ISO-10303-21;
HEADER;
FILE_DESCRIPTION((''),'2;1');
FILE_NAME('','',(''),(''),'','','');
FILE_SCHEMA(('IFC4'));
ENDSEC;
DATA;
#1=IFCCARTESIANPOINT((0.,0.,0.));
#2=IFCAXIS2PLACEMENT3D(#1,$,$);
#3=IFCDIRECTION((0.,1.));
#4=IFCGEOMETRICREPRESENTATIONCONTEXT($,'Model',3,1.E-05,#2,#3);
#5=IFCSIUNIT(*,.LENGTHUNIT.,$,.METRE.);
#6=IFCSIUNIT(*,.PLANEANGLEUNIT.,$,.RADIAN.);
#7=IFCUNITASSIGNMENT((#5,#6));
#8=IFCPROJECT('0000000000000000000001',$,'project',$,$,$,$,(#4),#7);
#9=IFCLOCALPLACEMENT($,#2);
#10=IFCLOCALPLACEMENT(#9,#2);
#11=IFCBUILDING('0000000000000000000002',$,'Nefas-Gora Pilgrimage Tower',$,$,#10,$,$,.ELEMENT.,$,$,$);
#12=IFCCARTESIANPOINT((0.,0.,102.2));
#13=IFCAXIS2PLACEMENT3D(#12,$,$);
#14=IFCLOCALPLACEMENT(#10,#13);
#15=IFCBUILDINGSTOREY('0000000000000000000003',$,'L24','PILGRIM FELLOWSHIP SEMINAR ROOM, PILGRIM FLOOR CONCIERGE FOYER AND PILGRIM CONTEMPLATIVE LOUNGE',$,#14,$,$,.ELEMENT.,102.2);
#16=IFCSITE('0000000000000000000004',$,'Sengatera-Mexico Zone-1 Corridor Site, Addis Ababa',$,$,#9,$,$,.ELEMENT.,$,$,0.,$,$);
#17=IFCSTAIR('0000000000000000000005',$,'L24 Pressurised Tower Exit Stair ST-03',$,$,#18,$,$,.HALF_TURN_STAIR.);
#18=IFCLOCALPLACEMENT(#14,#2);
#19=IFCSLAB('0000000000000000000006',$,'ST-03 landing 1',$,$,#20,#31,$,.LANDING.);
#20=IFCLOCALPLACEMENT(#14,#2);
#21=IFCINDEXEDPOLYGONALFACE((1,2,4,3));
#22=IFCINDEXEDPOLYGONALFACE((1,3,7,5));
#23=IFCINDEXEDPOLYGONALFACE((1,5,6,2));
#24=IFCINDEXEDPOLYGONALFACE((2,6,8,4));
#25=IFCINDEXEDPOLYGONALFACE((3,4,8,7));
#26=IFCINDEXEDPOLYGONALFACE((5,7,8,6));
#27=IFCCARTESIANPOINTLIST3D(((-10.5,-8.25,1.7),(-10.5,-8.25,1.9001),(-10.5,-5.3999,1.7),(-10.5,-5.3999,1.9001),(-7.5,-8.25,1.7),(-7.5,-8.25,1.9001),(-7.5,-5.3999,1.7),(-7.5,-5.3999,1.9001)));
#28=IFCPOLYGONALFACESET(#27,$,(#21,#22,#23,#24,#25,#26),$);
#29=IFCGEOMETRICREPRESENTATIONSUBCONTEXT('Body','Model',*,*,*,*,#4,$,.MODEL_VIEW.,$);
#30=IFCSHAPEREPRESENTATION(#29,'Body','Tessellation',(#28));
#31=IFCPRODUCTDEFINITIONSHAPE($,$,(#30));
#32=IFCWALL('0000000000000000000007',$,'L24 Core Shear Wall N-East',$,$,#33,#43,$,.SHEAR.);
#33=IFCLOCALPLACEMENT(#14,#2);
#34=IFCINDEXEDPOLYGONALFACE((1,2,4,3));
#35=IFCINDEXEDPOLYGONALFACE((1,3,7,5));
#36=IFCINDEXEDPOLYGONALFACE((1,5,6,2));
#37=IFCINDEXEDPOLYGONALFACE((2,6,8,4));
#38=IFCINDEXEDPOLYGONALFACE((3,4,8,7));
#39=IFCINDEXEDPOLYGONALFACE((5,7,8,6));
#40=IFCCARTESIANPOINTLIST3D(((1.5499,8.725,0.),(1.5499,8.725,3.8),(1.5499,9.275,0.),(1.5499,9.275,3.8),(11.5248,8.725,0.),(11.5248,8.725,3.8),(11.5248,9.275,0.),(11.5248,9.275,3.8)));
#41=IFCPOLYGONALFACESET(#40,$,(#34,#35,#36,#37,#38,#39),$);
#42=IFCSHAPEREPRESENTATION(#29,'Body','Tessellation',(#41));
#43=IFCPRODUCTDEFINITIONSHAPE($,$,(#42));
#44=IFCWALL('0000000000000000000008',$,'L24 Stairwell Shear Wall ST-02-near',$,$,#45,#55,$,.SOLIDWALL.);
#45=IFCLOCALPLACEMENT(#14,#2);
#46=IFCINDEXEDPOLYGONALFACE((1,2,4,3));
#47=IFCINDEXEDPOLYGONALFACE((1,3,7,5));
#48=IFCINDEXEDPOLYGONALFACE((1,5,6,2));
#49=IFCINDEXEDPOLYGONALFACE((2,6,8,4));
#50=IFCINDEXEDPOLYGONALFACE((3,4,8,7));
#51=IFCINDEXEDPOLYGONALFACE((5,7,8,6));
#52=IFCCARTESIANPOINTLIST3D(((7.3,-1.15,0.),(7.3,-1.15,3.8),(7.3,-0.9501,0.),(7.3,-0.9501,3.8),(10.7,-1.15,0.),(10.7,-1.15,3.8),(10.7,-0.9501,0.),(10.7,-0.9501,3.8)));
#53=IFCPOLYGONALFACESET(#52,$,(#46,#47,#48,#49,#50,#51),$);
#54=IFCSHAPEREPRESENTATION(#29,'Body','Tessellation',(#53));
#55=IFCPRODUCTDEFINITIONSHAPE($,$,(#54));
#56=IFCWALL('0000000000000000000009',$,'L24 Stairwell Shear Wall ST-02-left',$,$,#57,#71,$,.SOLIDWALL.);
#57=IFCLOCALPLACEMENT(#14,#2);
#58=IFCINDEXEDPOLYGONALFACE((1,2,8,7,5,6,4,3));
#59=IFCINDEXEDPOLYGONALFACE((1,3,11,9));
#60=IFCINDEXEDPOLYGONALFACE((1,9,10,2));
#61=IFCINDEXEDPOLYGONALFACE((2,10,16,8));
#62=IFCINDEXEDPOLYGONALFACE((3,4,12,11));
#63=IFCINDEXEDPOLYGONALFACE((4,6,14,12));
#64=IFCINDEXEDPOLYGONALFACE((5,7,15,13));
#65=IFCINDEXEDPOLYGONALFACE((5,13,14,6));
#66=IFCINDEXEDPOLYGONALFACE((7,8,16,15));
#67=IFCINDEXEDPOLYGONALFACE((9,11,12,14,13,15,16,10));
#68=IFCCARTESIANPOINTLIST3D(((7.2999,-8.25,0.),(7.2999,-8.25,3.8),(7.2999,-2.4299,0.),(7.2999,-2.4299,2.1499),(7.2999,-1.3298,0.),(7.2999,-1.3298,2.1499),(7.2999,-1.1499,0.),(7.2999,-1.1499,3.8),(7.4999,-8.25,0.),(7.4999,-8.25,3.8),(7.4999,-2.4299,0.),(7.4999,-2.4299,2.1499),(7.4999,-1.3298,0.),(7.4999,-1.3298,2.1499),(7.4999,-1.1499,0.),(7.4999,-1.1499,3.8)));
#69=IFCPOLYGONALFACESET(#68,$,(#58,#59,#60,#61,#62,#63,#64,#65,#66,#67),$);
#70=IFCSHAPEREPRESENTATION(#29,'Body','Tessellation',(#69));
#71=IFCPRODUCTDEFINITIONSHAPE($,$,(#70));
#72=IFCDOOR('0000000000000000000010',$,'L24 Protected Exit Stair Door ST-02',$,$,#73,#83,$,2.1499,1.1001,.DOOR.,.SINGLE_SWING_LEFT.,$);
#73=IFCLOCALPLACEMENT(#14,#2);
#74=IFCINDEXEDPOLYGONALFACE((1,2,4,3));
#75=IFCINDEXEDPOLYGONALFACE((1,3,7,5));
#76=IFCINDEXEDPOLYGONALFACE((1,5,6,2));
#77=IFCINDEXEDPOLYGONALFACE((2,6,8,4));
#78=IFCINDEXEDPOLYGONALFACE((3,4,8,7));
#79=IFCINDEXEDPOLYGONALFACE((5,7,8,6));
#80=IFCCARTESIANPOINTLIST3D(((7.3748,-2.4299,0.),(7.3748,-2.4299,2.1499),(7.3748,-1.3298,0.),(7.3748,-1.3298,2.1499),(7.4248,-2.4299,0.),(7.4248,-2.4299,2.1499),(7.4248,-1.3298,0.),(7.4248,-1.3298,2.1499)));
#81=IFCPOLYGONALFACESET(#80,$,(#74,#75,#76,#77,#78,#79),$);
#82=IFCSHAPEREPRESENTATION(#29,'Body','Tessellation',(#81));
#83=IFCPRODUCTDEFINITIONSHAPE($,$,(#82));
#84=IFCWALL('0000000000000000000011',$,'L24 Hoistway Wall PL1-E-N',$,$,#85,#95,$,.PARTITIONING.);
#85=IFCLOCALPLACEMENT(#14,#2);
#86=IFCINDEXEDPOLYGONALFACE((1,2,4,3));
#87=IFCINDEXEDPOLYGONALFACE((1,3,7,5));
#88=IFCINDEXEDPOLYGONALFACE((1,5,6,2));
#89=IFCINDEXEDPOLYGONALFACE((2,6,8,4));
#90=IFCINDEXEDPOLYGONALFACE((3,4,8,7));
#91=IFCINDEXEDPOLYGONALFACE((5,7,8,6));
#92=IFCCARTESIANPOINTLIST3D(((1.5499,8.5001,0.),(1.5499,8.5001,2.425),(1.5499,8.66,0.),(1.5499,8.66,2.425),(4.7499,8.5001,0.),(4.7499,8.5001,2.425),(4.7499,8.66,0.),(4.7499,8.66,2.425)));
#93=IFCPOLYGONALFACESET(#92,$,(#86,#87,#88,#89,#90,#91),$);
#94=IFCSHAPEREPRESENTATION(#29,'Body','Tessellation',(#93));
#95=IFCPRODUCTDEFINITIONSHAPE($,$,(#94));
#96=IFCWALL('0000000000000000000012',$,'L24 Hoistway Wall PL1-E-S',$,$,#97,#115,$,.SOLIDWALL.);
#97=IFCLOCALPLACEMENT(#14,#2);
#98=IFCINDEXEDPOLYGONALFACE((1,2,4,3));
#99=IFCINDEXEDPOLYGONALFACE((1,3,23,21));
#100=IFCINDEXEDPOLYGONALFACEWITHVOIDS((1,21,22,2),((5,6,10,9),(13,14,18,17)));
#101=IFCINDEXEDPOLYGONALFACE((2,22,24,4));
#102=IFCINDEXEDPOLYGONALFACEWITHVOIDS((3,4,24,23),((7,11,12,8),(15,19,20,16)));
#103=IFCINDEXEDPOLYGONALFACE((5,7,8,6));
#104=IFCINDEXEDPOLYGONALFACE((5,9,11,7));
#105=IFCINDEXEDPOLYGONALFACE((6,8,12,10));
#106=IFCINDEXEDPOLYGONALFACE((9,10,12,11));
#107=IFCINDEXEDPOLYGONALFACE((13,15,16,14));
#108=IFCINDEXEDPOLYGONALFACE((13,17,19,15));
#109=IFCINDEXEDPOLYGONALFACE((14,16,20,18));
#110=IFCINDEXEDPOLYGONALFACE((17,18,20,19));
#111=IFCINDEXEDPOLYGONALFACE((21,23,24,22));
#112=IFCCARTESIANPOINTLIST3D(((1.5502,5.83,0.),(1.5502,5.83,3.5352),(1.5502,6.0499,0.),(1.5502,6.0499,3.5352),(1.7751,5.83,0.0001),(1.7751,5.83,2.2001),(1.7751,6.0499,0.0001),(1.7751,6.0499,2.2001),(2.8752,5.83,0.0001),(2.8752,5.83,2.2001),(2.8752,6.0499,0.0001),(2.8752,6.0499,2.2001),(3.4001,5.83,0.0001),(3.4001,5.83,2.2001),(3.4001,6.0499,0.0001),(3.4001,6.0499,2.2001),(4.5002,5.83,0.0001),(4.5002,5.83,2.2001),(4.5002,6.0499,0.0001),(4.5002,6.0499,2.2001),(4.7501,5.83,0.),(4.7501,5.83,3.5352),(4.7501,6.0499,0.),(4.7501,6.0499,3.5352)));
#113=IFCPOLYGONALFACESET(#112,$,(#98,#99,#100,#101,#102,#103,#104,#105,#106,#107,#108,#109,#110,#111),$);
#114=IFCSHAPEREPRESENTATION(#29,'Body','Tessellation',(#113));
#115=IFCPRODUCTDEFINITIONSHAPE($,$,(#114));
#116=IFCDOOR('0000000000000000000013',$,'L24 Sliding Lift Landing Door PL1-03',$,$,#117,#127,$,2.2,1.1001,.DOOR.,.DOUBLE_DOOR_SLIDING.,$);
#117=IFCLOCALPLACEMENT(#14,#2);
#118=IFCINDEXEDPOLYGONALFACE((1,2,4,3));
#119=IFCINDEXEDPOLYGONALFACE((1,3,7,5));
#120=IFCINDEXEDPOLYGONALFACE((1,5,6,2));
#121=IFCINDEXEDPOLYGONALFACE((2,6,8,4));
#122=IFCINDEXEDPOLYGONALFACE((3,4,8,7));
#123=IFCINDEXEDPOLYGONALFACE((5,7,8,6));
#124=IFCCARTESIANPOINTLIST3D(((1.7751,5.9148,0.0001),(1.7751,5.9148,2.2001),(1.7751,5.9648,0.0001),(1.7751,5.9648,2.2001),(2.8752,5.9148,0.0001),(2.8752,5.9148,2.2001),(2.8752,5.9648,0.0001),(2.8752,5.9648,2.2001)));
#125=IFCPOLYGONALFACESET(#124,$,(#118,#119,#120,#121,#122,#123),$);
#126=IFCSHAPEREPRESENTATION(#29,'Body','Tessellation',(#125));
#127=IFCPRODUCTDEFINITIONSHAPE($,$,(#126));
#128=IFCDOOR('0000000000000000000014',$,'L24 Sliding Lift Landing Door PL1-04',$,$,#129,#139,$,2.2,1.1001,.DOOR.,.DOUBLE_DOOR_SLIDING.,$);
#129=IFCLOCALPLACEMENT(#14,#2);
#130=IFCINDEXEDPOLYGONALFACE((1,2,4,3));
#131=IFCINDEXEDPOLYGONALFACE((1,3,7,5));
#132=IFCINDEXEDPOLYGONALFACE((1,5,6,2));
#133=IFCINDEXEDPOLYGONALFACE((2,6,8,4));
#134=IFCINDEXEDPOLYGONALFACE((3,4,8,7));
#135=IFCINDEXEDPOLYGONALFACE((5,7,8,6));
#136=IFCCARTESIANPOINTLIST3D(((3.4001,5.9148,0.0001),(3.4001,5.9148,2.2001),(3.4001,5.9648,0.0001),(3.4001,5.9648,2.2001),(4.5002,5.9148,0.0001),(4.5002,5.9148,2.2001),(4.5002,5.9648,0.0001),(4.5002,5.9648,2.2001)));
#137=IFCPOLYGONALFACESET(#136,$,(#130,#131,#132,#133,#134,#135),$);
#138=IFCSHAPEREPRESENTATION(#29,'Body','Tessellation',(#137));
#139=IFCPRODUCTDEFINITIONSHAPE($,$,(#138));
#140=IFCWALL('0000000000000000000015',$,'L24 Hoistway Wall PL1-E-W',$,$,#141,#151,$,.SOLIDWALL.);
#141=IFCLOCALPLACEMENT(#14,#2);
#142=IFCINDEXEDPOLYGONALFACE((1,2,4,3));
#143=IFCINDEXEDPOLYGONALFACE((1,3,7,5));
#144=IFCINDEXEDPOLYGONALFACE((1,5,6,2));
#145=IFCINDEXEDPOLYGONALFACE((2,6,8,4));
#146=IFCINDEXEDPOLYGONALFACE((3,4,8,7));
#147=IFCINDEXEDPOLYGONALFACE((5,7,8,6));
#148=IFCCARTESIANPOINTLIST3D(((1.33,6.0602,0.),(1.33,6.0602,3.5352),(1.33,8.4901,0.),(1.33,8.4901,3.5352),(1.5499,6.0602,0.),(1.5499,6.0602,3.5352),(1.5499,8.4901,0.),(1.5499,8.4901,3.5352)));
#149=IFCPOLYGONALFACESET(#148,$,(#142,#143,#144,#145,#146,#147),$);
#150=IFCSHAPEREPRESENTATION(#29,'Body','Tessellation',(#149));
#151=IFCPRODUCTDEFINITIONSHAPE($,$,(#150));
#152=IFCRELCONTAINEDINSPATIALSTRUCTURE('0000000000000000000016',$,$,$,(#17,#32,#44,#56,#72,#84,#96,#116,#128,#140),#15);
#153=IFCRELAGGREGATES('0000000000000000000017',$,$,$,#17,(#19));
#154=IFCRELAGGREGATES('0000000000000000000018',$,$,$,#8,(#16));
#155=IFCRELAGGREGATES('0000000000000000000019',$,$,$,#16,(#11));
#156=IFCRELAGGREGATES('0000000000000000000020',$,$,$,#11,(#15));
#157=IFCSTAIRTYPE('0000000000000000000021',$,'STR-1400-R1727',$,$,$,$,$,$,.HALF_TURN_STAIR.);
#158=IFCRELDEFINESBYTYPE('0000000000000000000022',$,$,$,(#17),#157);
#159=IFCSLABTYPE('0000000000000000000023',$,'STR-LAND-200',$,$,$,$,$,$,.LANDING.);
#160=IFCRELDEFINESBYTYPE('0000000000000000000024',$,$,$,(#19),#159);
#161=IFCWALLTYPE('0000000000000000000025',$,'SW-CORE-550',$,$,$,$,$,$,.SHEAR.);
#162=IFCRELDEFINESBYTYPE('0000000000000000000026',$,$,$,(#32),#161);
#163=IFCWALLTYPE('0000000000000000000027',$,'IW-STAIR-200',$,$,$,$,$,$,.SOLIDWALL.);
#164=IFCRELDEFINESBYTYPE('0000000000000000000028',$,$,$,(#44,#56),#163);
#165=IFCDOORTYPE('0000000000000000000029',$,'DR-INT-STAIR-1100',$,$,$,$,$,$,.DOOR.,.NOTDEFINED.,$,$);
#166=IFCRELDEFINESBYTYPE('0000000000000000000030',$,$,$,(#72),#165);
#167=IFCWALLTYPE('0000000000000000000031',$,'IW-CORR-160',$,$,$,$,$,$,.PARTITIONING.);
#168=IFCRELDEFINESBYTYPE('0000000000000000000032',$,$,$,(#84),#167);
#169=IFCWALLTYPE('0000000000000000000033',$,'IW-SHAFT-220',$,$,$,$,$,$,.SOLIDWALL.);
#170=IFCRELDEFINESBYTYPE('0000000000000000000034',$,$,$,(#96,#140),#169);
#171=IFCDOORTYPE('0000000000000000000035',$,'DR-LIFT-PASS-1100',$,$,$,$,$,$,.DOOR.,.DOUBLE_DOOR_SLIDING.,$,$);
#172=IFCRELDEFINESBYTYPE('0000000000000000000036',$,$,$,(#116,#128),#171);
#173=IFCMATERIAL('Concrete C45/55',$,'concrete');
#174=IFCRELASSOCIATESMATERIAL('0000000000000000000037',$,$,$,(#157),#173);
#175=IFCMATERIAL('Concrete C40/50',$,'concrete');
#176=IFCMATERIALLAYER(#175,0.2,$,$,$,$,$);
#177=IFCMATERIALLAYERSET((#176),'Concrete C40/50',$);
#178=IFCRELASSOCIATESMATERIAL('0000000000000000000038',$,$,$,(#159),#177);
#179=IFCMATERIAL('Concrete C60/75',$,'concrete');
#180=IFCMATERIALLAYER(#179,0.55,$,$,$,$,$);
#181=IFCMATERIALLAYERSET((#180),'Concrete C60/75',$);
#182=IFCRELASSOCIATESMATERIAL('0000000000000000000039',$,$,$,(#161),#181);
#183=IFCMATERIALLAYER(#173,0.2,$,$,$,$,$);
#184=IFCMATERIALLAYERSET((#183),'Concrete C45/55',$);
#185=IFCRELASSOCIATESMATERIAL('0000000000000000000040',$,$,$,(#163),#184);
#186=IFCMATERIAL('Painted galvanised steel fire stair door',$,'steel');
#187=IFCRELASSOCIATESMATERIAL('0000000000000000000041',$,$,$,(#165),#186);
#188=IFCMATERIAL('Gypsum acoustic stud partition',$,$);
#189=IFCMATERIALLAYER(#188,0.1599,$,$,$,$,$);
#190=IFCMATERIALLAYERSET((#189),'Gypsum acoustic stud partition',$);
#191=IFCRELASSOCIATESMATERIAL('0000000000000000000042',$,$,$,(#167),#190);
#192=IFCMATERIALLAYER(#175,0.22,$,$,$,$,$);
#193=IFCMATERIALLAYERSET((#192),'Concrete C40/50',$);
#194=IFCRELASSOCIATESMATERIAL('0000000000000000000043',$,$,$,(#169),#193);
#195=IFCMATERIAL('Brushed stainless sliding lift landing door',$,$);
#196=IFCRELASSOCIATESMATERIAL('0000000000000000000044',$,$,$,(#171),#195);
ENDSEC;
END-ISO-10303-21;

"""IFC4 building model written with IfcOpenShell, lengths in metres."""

from ifc_helpers import new_model, si_unit, direction, frame, frame_2d, origin, place, context, subcontext, project, spatial, polyline, rectangle, outline, extrude, source, transform, mapped, material, layer, layer_set, type_object, element, fill, aggregate, save


model = new_model("IFC4")

# Units and contexts
model_context = context("Model", 3, precision=1e-05, world=origin(), true_north=direction((0.0, 1.0)))
body_context = subcontext(model_context, "Body", "Model", "MODEL_VIEW")
ifc_project = project(units=[si_unit("LENGTHUNIT", "METRE"), si_unit("PLANEANGLEUNIT", "RADIAN")], contexts=[model_context])

# Site, building, storey
site_placement = place(None, origin())
site = spatial("IfcSite", under=ifc_project, at=site_placement, Name="Sengatera-Mexico Zone-1 Corridor Site, Addis Ababa", CompositionType="ELEMENT", RefElevation=0.0)
building_placement = place(site_placement, origin())
building = spatial("IfcBuilding", under=site, at=building_placement, Name="Nefas-Gora Pilgrimage Tower", CompositionType="ELEMENT")
storey_placement = place(building_placement, frame((0.0, 0.0, 102.2)))
storey = spatial("IfcBuildingStorey", under=building, at=storey_placement, Name="L24", Description="PILGRIM FELLOWSHIP SEMINAR ROOM, PILGRIM FLOOR CONCIERGE FOYER AND PILGRIM CONTEMPLATIVE LOUNGE", CompositionType="ELEMENT", Elevation=102.2)

# Stair, slab
ifc_material_1 = material(Name="Concrete C45/55", Category="concrete")
stair_type = type_object("IfcStairType", Name="STR-1400-R1727", PredefinedType="HALF_TURN_STAIR", material=ifc_material_1)
stair_placement = place(storey_placement, origin())
stair = element("IfcStair", 1, at=stair_placement, inside=storey, type_object=stair_type, Name="L24 Pressurised Tower Exit Stair ST-03", PredefinedType="HALF_TURN_STAIR")
ifc_material_2 = material(Name="Concrete C40/50", Category="concrete")
ifc_layer_1 = layer(ifc_material_2, 0.2)
ifc_layer_set_1 = layer_set([ifc_layer_1], Name="Concrete C40/50")
slab_type = type_object("IfcSlabType", Name="STR-LAND-200", PredefinedType="LANDING", material=ifc_layer_set_1)
slab_placement = place(storey_placement, frame((0.0, 0.0, 1.7)))
slab = element("IfcSlab", 2, at=slab_placement, type_object=slab_type, Name="ST-03 landing 1", PredefinedType="LANDING", context=body_context, shape_type="SweptSolid", body=[
    extrude(outline(polyline([(-10.5, -5.3999), (-10.5, -8.25), (-7.5, -8.25), (-7.5, -5.3999), (-10.5, -5.3999)])), origin(), (0.0, 0.0, 1.0), 0.2002),
])
aggregate(stair, [slab])

# Walls
ifc_material_3 = material(Name="Concrete C60/75", Category="concrete")
ifc_layer_2 = layer(ifc_material_3, 0.55)
ifc_layer_set_2 = layer_set([ifc_layer_2], Name="Concrete C60/75")
wall_type_1 = type_object("IfcWallType", Name="SW-CORE-550", PredefinedType="SHEAR", material=ifc_layer_set_2)
shared_shape_1 = source(origin(), body_context, "Body", "SweptSolid", [
    extrude(rectangle(XDim=9.9749, YDim=0.55, at=frame_2d((4.9873, 0.0))), origin(), (0.0, 0.0, 1.0), 3.8),
])
wall_1_placement = place(storey_placement, frame((1.55, 9.0, 0.0), z_axis=(0.0, 0.0, 1.0), x_axis=(1.0, 0.0, 0.0)))
element("IfcWall", 3, at=wall_1_placement, inside=storey, type_object=wall_type_1, Name="L24 Core Shear Wall N-East", PredefinedType="SHEAR", context=body_context, shape_type="MappedRepresentation", body=[
    mapped(shared_shape_1, transform((0.0, 0.0, 0.0), x_axis=(1.0, 0.0, 0.0), y_axis=(0.0, 1.0, 0.0), z_axis=(0.0, 0.0, 1.0), scale=1.0)),
])
ifc_layer_3 = layer(ifc_material_1, 0.2)
ifc_layer_set_3 = layer_set([ifc_layer_3], Name="Concrete C45/55")
wall_type_2 = type_object("IfcWallType", Name="IW-STAIR-200", PredefinedType="SOLIDWALL", material=ifc_layer_set_3)
shared_shape_2 = source(origin(), body_context, "Body", "SweptSolid", [
    extrude(rectangle(XDim=3.3999, YDim=0.2, at=frame_2d((1.7, 0.0))), origin(), (0.0, 0.0, 1.0), 3.8),
])
wall_2_placement = place(storey_placement, frame((7.3, -1.05, 0.0), z_axis=(0.0, 0.0, 1.0), x_axis=(1.0, 0.0, 0.0)))
element("IfcWall", 4, at=wall_2_placement, inside=storey, type_object=wall_type_2, Name="L24 Stairwell Shear Wall ST-02-near", PredefinedType="SOLIDWALL", context=body_context, shape_type="MappedRepresentation", body=[
    mapped(shared_shape_2, transform((0.0, 0.0, 0.0), x_axis=(1.0, 0.0, 0.0), y_axis=(0.0, 1.0, 0.0), z_axis=(0.0, 0.0, 1.0), scale=1.0)),
])

# Wall, opening, door
shared_shape_3 = source(origin(), body_context, "Body", "SweptSolid", [
    extrude(rectangle(XDim=7.1001, YDim=0.2, at=frame_2d((3.55, 0.0))), origin(), (0.0, 0.0, 1.0), 3.8),
])
wall_3_placement = place(storey_placement, frame((7.3999, -1.1499, 0.0), z_axis=(0.0, 0.0, 1.0), x_axis=(0.0, -1.0, 0.0)))
wall_3 = element("IfcWall", 5, at=wall_3_placement, inside=storey, type_object=wall_type_2, Name="L24 Stairwell Shear Wall ST-02-left", PredefinedType="SOLIDWALL", context=body_context, shape_type="MappedRepresentation", body=[
    mapped(shared_shape_3, transform((0.0, 0.0, 0.0), x_axis=(1.0, 0.0, 0.0), y_axis=(0.0, 1.0, 0.0), z_axis=(0.0, 0.0, 1.0), scale=1.0)),
])
opening_1_placement = place(wall_3_placement, frame((0.1799, 0.0, 0.0)))
opening_1 = element("IfcOpeningElement", 6, at=opening_1_placement, cuts=wall_3, PredefinedType="OPENING", context=body_context, shape_type="SweptSolid", body=[
    extrude(rectangle(XDim=1.1001, YDim=2.1499, at=frame_2d((0.55, 1.075))), frame((0.0, 0.1099, 0.0), z_axis=(0.0, -1.0, 0.0), x_axis=(1.0, 0.0, 0.0)), (0.0, 0.0, 1.0), 0.22),
])
ifc_material_4 = material(Name="Painted galvanised steel fire stair door", Category="steel")
door_type_1 = type_object("IfcDoorType", Name="DR-INT-STAIR-1100", OperationType="NOTDEFINED", PredefinedType="DOOR", material=ifc_material_4)
shared_shape_4 = source(origin(), body_context, "Body", "SweptSolid", [
    extrude(rectangle(XDim=1.1001, YDim=2.1499, at=frame_2d((0.55, 1.075))), frame((0.0, 0.0249, 0.0), z_axis=(0.0, -1.0, 0.0), x_axis=(1.0, 0.0, 0.0)), (0.0, 0.0, 1.0), 0.05),
])
door_1_placement = place(opening_1_placement, origin())
door_1 = element("IfcDoor", 7, at=door_1_placement, inside=storey, type_object=door_type_1, Name="L24 Protected Exit Stair Door ST-02", OperationType="SINGLE_SWING_LEFT", OverallHeight=2.1499, OverallWidth=1.1001, PredefinedType="DOOR", context=body_context, shape_type="MappedRepresentation", body=[
    mapped(shared_shape_4, transform((0.0, 0.0, 0.0), x_axis=(1.0, 0.0, 0.0), y_axis=(0.0, 1.0, 0.0), z_axis=(0.0, 0.0, 1.0), scale=1.0)),
])
fill(opening_1, door_1)

# Wall
ifc_material_5 = material(Name="Gypsum acoustic stud partition")
ifc_layer_4 = layer(ifc_material_5, 0.1599)
ifc_layer_set_4 = layer_set([ifc_layer_4], Name="Gypsum acoustic stud partition")
wall_type_3 = type_object("IfcWallType", Name="IW-CORR-160", PredefinedType="PARTITIONING", material=ifc_layer_set_4)
shared_shape_5 = source(origin(), body_context, "Body", "SweptSolid", [
    extrude(rectangle(XDim=3.2, YDim=0.1599, at=frame_2d((1.6001, 0.0))), origin(), (0.0, 0.0, 1.0), 2.425),
])
wall_4_placement = place(storey_placement, frame((4.75, 8.5801, 0.0), z_axis=(0.0, 0.0, 1.0), x_axis=(-1.0, 0.0, 0.0)))
element("IfcWall", 8, at=wall_4_placement, inside=storey, type_object=wall_type_3, Name="L24 Hoistway Wall PL1-E-N", PredefinedType="PARTITIONING", context=body_context, shape_type="MappedRepresentation", body=[
    mapped(shared_shape_5, transform((0.0, 0.0, 0.0), x_axis=(1.0, 0.0, 0.0), y_axis=(0.0, 1.0, 0.0), z_axis=(0.0, 0.0, 1.0), scale=1.0)),
])

# Wall, openings, doors
ifc_layer_5 = layer(ifc_material_2, 0.22)
ifc_layer_set_5 = layer_set([ifc_layer_5], Name="Concrete C40/50")
wall_type_4 = type_object("IfcWallType", Name="IW-SHAFT-220", PredefinedType="SOLIDWALL", material=ifc_layer_set_5)
shared_shape_6 = source(origin(), body_context, "Body", "SweptSolid", [
    extrude(rectangle(XDim=3.2, YDim=0.22, at=frame_2d((1.6001, 0.0))), origin(), (0.0, 0.0, 1.0), 3.5352),
])
wall_5_placement = place(storey_placement, frame((1.55, 5.9399, 0.0), z_axis=(0.0, 0.0, 1.0), x_axis=(1.0, 0.0, 0.0)))
wall_5 = element("IfcWall", 9, at=wall_5_placement, inside=storey, type_object=wall_type_4, Name="L24 Hoistway Wall PL1-E-S", PredefinedType="SOLIDWALL", context=body_context, shape_type="MappedRepresentation", body=[
    mapped(shared_shape_6, transform((0.0, 0.0, 0.0), x_axis=(1.0, 0.0, 0.0), y_axis=(0.0, 1.0, 0.0), z_axis=(0.0, 0.0, 1.0), scale=1.0)),
])
opening_2_placement = place(wall_5_placement, frame((0.2251, 0.0, 0.0)))
opening_2 = element("IfcOpeningElement", 10, at=opening_2_placement, cuts=wall_5, PredefinedType="OPENING", context=body_context, shape_type="SweptSolid", body=[
    extrude(rectangle(XDim=1.1001, YDim=2.2, at=frame_2d((0.55, 1.1001))), frame((0.0, 0.1199, 0.0), z_axis=(0.0, -1.0, 0.0), x_axis=(1.0, 0.0, 0.0)), (0.0, 0.0, 1.0), 0.24),
])
opening_3_placement = place(wall_5_placement, frame((1.8501, 0.0, 0.0)))
opening_3 = element("IfcOpeningElement", 11, at=opening_3_placement, cuts=wall_5, PredefinedType="OPENING", context=body_context, shape_type="SweptSolid", body=[
    extrude(rectangle(XDim=1.1001, YDim=2.2, at=frame_2d((0.55, 1.1001))), frame((0.0, 0.1199, 0.0), z_axis=(0.0, -1.0, 0.0), x_axis=(1.0, 0.0, 0.0)), (0.0, 0.0, 1.0), 0.24),
])
ifc_material_6 = material(Name="Brushed stainless sliding lift landing door")
door_type_2 = type_object("IfcDoorType", Name="DR-LIFT-PASS-1100", OperationType="DOUBLE_DOOR_SLIDING", PredefinedType="DOOR", material=ifc_material_6)
shared_shape_7 = source(origin(), body_context, "Body", "SweptSolid", [
    extrude(rectangle(XDim=1.1001, YDim=2.2, at=frame_2d((0.55, 1.1001))), frame((0.0, 0.0249, 0.0), z_axis=(0.0, -1.0, 0.0), x_axis=(1.0, 0.0, 0.0)), (0.0, 0.0, 1.0), 0.05),
])
door_2_placement = place(opening_2_placement, origin())
door_2 = element("IfcDoor", 12, at=door_2_placement, inside=storey, type_object=door_type_2, Name="L24 Sliding Lift Landing Door PL1-03", OperationType="DOUBLE_DOOR_SLIDING", OverallHeight=2.2, OverallWidth=1.1001, PredefinedType="DOOR", context=body_context, shape_type="MappedRepresentation", body=[
    mapped(shared_shape_7, transform((0.0, 0.0, 0.0), x_axis=(1.0, 0.0, 0.0), y_axis=(0.0, 1.0, 0.0), z_axis=(0.0, 0.0, 1.0), scale=1.0)),
])
fill(opening_2, door_2)
door_3_placement = place(opening_3_placement, origin())
door_3 = element("IfcDoor", 13, at=door_3_placement, inside=storey, type_object=door_type_2, Name="L24 Sliding Lift Landing Door PL1-04", OperationType="DOUBLE_DOOR_SLIDING", OverallHeight=2.2, OverallWidth=1.1001, PredefinedType="DOOR", context=body_context, shape_type="MappedRepresentation", body=[
    mapped(shared_shape_7, transform((0.0, 0.0, 0.0), x_axis=(1.0, 0.0, 0.0), y_axis=(0.0, 1.0, 0.0), z_axis=(0.0, 0.0, 1.0), scale=1.0)),
])
fill(opening_3, door_3)

# Wall
shared_shape_8 = source(origin(), body_context, "Body", "SweptSolid", [
    extrude(rectangle(XDim=2.4299, YDim=0.22, at=frame_2d((1.2148, 0.0))), origin(), (0.0, 0.0, 1.0), 3.5352),
])
for number, where, z_axis, x_axis, name in (
    (14, (1.4399, 8.49, 0.0), (0.0, 0.0, 1.0), (0.0, -1.0, 0.0), "L24 Hoistway Wall PL1-E-W"),
):
    element("IfcWall", number, at=place(storey_placement, frame(where, z_axis=z_axis, x_axis=x_axis)), inside=storey, type_object=wall_type_4, Name=name, PredefinedType="SOLIDWALL", context=body_context, shape_type="MappedRepresentation", body=[
        mapped(shared_shape_8, transform((0.0, 0.0, 0.0), x_axis=(1.0, 0.0, 0.0), y_axis=(0.0, 1.0, 0.0), z_axis=(0.0, 0.0, 1.0), scale=1.0)),
    ])

save(model, "model.ifc")
